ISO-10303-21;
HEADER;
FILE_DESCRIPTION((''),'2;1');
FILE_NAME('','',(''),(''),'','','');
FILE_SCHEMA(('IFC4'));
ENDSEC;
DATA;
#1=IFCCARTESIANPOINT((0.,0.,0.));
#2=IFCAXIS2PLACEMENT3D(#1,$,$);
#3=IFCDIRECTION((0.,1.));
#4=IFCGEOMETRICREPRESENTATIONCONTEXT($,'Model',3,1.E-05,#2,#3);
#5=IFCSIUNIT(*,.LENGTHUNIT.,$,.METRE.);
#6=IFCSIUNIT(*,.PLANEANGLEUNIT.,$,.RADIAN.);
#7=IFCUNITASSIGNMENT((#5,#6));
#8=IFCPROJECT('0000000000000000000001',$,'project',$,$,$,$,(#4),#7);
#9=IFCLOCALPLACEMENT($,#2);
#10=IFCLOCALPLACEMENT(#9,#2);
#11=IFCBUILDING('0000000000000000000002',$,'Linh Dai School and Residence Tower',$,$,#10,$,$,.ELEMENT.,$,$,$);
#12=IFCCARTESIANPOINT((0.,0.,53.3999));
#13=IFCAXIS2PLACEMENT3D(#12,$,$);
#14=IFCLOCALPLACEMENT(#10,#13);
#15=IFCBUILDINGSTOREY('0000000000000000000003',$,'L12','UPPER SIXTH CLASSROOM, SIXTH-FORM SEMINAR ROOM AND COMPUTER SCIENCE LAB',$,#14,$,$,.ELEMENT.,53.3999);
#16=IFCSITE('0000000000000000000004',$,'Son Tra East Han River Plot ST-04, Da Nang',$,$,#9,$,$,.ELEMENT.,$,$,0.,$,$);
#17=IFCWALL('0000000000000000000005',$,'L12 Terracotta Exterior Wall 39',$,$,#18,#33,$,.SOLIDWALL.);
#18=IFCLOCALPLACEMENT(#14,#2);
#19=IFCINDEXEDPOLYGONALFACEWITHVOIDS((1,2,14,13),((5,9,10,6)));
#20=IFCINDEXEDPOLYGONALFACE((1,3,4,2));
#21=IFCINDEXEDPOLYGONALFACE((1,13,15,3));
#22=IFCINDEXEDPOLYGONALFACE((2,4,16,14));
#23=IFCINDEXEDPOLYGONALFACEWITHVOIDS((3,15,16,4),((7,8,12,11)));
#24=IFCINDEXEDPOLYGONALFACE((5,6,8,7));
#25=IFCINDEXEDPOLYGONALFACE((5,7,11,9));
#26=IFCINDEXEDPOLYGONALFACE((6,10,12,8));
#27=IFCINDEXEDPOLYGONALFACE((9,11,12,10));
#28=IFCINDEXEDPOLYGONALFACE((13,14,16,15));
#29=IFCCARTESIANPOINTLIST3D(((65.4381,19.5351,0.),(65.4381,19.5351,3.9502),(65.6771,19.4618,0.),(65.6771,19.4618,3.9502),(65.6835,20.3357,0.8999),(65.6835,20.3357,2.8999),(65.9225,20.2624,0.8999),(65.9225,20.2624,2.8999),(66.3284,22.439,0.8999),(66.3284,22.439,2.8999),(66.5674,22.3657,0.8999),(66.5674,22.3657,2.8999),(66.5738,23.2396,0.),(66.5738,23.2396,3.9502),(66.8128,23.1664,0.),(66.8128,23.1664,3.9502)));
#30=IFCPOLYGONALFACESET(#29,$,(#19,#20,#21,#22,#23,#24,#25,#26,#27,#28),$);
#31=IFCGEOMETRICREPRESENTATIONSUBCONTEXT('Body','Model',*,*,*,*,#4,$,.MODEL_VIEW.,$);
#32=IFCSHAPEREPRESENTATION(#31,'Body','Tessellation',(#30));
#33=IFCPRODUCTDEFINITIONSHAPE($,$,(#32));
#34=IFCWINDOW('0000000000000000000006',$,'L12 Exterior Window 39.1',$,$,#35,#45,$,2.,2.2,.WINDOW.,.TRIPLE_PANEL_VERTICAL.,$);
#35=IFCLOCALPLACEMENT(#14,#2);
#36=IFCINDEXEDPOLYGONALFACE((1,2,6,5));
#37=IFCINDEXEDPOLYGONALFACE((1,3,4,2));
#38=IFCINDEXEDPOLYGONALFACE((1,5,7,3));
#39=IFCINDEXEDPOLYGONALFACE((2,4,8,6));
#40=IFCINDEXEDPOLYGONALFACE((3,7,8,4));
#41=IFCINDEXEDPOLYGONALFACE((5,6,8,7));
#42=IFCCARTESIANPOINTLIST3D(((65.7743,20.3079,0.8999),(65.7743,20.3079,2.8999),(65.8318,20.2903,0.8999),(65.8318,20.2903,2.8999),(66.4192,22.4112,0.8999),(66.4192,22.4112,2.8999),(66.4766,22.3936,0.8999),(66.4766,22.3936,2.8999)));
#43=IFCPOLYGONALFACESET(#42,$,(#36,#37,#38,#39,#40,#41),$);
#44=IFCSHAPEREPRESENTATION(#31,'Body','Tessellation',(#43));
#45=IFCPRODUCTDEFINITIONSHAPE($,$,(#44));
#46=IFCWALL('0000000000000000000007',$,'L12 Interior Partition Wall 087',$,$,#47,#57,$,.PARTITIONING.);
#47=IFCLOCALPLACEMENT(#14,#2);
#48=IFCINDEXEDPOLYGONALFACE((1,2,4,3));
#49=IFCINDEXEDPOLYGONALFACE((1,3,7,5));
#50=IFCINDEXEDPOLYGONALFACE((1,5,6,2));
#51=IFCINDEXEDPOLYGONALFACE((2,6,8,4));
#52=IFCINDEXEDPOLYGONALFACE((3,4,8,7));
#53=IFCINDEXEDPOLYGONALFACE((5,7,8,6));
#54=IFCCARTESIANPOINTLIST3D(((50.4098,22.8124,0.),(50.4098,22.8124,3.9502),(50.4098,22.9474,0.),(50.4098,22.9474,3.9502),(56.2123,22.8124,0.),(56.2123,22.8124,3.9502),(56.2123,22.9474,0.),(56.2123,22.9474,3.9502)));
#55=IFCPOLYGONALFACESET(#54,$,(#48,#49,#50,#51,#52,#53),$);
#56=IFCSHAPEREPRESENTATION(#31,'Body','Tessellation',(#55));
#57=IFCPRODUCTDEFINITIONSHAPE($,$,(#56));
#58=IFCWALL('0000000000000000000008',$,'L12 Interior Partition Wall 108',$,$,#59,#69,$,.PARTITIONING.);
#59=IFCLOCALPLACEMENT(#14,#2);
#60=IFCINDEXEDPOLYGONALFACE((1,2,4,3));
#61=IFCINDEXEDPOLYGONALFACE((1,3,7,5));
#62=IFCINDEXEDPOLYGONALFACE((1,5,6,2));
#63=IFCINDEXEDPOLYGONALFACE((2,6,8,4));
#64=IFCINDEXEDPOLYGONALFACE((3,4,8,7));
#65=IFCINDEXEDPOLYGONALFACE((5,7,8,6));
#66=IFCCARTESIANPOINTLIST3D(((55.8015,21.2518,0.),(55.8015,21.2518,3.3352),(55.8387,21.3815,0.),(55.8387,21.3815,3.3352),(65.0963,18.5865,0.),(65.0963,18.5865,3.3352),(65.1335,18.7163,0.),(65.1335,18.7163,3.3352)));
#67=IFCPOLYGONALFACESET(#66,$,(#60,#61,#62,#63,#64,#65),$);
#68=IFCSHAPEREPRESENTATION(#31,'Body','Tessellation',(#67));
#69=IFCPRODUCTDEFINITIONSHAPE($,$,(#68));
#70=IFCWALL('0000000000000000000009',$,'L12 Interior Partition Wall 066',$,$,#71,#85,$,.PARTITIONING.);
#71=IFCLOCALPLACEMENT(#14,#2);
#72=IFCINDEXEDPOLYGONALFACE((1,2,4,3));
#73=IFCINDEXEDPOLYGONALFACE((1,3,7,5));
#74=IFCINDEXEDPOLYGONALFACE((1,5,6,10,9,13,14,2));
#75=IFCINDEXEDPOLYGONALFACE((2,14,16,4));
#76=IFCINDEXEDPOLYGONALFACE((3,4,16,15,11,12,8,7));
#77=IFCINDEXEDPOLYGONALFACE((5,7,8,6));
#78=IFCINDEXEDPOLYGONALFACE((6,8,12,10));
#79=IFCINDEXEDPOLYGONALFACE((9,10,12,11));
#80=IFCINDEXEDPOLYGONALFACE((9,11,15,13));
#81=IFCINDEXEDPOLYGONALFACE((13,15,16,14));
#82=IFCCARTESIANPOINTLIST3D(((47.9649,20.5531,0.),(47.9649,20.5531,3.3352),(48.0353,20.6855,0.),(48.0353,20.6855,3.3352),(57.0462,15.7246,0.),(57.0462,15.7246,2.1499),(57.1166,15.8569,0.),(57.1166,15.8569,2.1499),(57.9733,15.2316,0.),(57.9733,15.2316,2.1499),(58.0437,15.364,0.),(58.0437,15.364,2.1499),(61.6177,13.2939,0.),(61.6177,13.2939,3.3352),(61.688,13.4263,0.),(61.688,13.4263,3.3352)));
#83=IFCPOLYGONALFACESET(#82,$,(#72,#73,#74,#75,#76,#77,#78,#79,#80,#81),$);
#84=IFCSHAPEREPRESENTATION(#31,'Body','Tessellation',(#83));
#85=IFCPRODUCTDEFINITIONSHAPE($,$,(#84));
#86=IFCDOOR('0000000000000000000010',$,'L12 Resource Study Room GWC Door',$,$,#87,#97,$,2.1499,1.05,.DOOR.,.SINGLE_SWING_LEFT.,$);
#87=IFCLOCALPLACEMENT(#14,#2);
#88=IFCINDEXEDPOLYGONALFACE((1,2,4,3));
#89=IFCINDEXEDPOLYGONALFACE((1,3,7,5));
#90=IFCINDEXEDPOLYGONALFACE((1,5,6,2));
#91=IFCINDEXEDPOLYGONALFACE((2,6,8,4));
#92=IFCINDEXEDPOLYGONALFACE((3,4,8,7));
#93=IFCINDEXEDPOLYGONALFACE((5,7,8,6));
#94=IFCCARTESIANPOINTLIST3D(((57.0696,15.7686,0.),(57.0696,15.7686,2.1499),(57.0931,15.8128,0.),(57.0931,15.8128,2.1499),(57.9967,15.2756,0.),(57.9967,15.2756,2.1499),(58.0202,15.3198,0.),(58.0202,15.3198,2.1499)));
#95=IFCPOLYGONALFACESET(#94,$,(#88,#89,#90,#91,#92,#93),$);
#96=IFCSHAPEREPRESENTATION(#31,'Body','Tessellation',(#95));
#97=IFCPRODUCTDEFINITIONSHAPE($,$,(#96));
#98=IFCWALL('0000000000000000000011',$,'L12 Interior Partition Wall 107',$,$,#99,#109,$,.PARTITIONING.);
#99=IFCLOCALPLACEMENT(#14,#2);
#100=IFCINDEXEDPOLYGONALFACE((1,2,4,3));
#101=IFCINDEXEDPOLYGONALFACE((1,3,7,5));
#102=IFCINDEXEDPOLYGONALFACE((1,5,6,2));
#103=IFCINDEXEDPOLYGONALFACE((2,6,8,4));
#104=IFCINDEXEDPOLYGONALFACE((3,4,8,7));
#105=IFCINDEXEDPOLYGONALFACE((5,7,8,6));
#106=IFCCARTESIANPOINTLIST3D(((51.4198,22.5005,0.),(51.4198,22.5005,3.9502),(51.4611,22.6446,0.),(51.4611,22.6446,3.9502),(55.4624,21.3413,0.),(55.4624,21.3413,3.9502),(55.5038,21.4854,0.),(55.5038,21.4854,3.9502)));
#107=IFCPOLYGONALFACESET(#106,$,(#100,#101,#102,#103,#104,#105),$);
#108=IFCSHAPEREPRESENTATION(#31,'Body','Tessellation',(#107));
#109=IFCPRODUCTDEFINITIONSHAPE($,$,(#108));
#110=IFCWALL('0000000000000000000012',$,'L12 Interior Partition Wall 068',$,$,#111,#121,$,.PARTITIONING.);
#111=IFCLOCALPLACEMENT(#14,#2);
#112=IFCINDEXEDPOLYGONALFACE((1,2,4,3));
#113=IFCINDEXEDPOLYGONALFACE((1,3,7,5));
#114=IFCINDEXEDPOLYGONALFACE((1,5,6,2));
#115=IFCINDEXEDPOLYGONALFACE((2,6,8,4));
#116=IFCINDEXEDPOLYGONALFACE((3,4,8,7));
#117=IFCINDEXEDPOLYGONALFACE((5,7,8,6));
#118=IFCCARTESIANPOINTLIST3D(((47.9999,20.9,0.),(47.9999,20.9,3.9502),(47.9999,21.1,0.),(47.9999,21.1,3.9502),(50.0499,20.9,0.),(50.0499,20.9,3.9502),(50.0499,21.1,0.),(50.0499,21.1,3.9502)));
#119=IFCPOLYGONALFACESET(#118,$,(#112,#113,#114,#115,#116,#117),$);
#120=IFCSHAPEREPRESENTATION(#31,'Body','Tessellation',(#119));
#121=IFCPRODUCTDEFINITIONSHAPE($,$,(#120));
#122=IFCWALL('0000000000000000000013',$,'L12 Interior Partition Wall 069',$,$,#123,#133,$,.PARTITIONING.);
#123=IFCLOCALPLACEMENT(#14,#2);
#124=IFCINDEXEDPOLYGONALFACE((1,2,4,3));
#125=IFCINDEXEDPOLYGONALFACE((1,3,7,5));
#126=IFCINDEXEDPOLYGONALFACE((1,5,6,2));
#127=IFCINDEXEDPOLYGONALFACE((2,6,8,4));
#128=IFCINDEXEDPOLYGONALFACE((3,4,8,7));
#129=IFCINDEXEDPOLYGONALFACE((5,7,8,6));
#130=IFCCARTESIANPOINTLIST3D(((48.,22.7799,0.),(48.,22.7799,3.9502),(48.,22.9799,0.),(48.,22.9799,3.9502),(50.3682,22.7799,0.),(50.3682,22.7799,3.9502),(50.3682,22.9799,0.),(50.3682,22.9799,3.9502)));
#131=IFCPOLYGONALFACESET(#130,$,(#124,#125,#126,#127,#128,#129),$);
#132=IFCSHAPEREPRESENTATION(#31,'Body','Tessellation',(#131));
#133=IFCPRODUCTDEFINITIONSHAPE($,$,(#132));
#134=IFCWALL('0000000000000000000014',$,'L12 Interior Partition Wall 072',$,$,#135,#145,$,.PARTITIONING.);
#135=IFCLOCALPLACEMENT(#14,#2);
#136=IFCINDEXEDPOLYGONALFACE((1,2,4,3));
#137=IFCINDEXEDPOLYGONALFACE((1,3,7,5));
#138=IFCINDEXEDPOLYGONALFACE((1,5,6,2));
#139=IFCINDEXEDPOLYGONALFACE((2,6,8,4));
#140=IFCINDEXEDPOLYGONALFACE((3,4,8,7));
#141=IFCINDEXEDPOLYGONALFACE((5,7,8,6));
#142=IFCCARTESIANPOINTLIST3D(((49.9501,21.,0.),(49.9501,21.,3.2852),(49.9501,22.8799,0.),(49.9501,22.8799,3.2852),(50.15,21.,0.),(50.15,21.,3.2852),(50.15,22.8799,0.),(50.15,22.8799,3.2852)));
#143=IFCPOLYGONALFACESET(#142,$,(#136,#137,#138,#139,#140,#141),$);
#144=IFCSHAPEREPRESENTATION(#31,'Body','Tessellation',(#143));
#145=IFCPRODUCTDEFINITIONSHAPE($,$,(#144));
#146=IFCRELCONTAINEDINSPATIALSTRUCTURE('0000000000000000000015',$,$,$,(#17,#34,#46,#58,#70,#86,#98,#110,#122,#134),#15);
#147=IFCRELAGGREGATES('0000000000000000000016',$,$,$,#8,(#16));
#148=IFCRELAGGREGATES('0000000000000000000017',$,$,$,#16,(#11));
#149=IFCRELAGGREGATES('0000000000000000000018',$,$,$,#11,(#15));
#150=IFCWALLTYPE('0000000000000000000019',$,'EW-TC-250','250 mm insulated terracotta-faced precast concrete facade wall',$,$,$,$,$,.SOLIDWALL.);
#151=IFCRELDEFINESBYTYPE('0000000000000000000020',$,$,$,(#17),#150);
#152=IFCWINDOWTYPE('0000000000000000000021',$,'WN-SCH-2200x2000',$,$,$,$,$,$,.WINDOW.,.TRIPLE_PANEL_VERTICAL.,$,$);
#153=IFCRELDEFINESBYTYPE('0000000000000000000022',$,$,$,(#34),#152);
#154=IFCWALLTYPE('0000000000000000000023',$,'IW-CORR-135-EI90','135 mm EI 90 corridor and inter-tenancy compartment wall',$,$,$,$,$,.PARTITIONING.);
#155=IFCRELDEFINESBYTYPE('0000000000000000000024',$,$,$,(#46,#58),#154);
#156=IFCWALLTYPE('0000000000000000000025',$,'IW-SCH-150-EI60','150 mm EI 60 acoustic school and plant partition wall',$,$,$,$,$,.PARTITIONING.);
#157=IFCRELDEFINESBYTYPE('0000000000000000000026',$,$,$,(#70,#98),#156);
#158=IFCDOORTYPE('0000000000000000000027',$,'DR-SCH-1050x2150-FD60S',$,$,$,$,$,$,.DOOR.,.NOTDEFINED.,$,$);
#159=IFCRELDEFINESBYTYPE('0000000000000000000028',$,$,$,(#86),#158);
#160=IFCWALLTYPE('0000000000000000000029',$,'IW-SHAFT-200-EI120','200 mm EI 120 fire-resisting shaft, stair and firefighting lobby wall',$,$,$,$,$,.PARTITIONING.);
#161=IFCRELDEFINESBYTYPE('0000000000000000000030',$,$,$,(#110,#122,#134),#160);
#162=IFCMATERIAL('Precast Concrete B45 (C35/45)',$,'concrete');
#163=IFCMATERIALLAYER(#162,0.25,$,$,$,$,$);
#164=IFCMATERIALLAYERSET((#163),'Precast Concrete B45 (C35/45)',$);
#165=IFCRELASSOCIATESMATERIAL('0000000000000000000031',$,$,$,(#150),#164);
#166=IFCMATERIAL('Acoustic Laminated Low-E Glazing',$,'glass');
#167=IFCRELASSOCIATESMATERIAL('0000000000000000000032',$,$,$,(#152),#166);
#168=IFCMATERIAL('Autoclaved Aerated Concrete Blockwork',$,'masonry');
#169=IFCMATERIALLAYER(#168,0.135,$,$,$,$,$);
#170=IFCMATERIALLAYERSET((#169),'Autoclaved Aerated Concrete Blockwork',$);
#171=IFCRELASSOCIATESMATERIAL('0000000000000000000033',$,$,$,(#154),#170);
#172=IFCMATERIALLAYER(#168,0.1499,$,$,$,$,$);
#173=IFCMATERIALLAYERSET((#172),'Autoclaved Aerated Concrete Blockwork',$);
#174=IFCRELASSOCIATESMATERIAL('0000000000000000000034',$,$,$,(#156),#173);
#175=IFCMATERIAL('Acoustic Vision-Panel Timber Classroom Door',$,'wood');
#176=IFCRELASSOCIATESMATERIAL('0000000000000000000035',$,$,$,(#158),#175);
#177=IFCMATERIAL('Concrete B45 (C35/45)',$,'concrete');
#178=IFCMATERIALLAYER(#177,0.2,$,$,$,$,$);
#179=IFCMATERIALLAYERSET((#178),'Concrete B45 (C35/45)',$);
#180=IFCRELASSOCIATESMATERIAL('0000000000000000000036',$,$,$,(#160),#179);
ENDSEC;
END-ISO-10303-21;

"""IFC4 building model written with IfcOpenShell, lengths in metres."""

from ifc_helpers import new_model, si_unit, direction, frame, frame_2d, origin, origin_2d, place, context, subcontext, project, spatial, rectangle, extrude, source, transform, mapped, material, layer, layer_set, type_object, element, fill, save


model = new_model("IFC4")

# Units and contexts
model_context = context("Model", 3, precision=1e-05, world=origin(), true_north=direction((0.0, 1.0)))
body_context = subcontext(model_context, "Body", "Model", "MODEL_VIEW")
ifc_project = project(units=[si_unit("LENGTHUNIT", "METRE"), si_unit("PLANEANGLEUNIT", "RADIAN")], contexts=[model_context])

# Site, building, storey
site_placement = place(None, origin())
site = spatial("IfcSite", under=ifc_project, at=site_placement, Name="Son Tra East Han River Plot ST-04, Da Nang", CompositionType="ELEMENT", RefElevation=0.0)
building_placement = place(site_placement, origin())
building = spatial("IfcBuilding", under=site, at=building_placement, Name="Linh Dai School and Residence Tower", CompositionType="ELEMENT")
storey_placement = place(building_placement, frame((0.0, 0.0, 53.3999)))
storey = spatial("IfcBuildingStorey", under=building, at=storey_placement, Name="L12", Description="UPPER SIXTH CLASSROOM, SIXTH-FORM SEMINAR ROOM AND COMPUTER SCIENCE LAB", CompositionType="ELEMENT", Elevation=53.3999)

# Shared definitions
ifc_material_1 = material(Name="Precast Concrete B45 (C35/45)", Category="concrete")

# Shared definitions
ifc_layer_1 = layer(ifc_material_1, 0.25)
ifc_layer_set_1 = layer_set([ifc_layer_1], Name="Precast Concrete B45 (C35/45)")
wall_type_1 = type_object("IfcWallType", Name="EW-TC-250", Description="250 mm insulated terracotta-faced precast concrete facade wall", PredefinedType="SOLIDWALL", material=ifc_layer_set_1)

# Wall, opening, window
wall_1_placement = place(storey_placement, frame((66.6934, 23.2031, 0.0), z_axis=(0.0, 0.0, 1.0), x_axis=(-0.293112, -0.956078, 0.0)))
wall_1 = element("IfcWall", 1, at=wall_1_placement, inside=storey, type_object=wall_type_1, Name="L12 Terracotta Exterior Wall 39", PredefinedType="SOLIDWALL", context=body_context, shape_type="SweptSolid", body=[
    extrude(rectangle(XDim=3.8748, YDim=0.25, at=frame_2d((1.9375, 0.0))), origin(), (0.0, 0.0, 1.0), 3.9502),
])
opening_1_placement = place(wall_1_placement, frame((0.8374, 0.0, 0.8999)))
opening_1 = element("IfcOpeningElement", 2, at=opening_1_placement, cuts=wall_1, PredefinedType="OPENING", context=body_context, shape_type="SweptSolid", body=[
    extrude(rectangle(XDim=2.2, YDim=2.0, at=origin_2d()), frame((1.1001, 0.135, 1.0), z_axis=(0.0, -1.0, 0.0), x_axis=(1.0, 0.0, 0.0)), (0.0, 0.0, 1.0), 0.27),
])
ifc_material_2 = material(Name="Acoustic Laminated Low-E Glazing", Category="glass")
window_type = type_object("IfcWindowType", Name="WN-SCH-2200x2000", PartitioningType="TRIPLE_PANEL_VERTICAL", PredefinedType="WINDOW", material=ifc_material_2)
shared_shape_1 = source(origin(), body_context, "Body", "SweptSolid", [
    extrude(rectangle(XDim=2.2, YDim=2.0, at=origin_2d()), frame((1.1001, 0.03, 1.0), z_axis=(0.0, -1.0, 0.0), x_axis=(1.0, 0.0, 0.0)), (0.0, 0.0, 1.0), 0.0601),
])
window_placement = place(opening_1_placement, origin())
window = element("IfcWindow", 3, at=window_placement, inside=storey, type_object=window_type, Name="L12 Exterior Window 39.1", OverallHeight=2.0, OverallWidth=2.2, PartitioningType="TRIPLE_PANEL_VERTICAL", PredefinedType="WINDOW", context=body_context, shape_type="MappedRepresentation", body=[
    mapped(shared_shape_1, transform((0.0, 0.0, 0.0), x_axis=(1.0, 0.0, 0.0), y_axis=(0.0, 1.0, 0.0), z_axis=(0.0, 0.0, 1.0), scale=1.0)),
])
fill(opening_1, window)

# Walls
ifc_material_3 = material(Name="Autoclaved Aerated Concrete Blockwork", Category="masonry")
ifc_layer_2 = layer(ifc_material_3, 0.135)
ifc_layer_set_2 = layer_set([ifc_layer_2], Name="Autoclaved Aerated Concrete Blockwork")
wall_type_2 = type_object("IfcWallType", Name="IW-CORR-135-EI90", Description="135 mm EI 90 corridor and inter-tenancy compartment wall", PredefinedType="PARTITIONING", material=ifc_layer_set_2)
wall_2_placement = place(storey_placement, frame((56.2124, 22.8799, 0.0), z_axis=(0.0, 0.0, 1.0), x_axis=(-1.0, 0.0, 0.0)))
element("IfcWall", 4, at=wall_2_placement, inside=storey, type_object=wall_type_2, Name="L12 Interior Partition Wall 087", PredefinedType="PARTITIONING", context=body_context, shape_type="SweptSolid", body=[
    extrude(rectangle(XDim=5.8025, YDim=0.135, at=frame_2d((2.9014, 0.0))), origin(), (0.0, 0.0, 1.0), 3.9502),
])
wall_3_placement = place(storey_placement, frame((55.8201, 21.3167, 0.0), z_axis=(0.0, 0.0, 1.0), x_axis=(0.961261, -0.275638, 0.0)))
element("IfcWall", 5, at=wall_3_placement, inside=storey, type_object=wall_type_2, Name="L12 Interior Partition Wall 108", PredefinedType="PARTITIONING", context=body_context, shape_type="SweptSolid", body=[
    extrude(rectangle(XDim=9.6694, YDim=0.135, at=frame_2d((4.8347, 0.0))), origin(), (0.0, 0.0, 1.0), 3.3352),
])

# Wall, opening, door
ifc_layer_3 = layer(ifc_material_3, 0.1499)
ifc_layer_set_3 = layer_set([ifc_layer_3], Name="Autoclaved Aerated Concrete Blockwork")
wall_type_3 = type_object("IfcWallType", Name="IW-SCH-150-EI60", Description="150 mm EI 60 acoustic school and plant partition wall", PredefinedType="PARTITIONING", material=ifc_layer_set_3)
wall_4_placement = place(storey_placement, frame((48.0, 20.6194, 0.0), z_axis=(0.0, 0.0, 1.0), x_axis=(0.882949, -0.469468, 0.0)))
wall_4 = element("IfcWall", 6, at=wall_4_placement, inside=storey, type_object=wall_type_3, Name="L12 Interior Partition Wall 066", PredefinedType="PARTITIONING", context=body_context, shape_type="SweptSolid", body=[
    extrude(rectangle(XDim=15.4626, YDim=0.1499, at=frame_2d((7.7314, 0.0))), origin(), (0.0, 0.0, 1.0), 3.3352),
])
opening_2_placement = place(wall_4_placement, frame((10.2854, 0.0, 0.0)))
opening_2 = element("IfcOpeningElement", 7, at=opening_2_placement, cuts=wall_4, PredefinedType="OPENING", context=body_context, shape_type="SweptSolid", body=[
    extrude(rectangle(XDim=1.05, YDim=2.1499, at=origin_2d()), frame((0.5249, 0.085, 1.075), z_axis=(0.0, -1.0, 0.0), x_axis=(1.0, 0.0, 0.0)), (0.0, 0.0, 1.0), 0.1699),
])
ifc_material_4 = material(Name="Acoustic Vision-Panel Timber Classroom Door", Category="wood")
door_type_1 = type_object("IfcDoorType", Name="DR-SCH-1050x2150-FD60S", OperationType="NOTDEFINED", PredefinedType="DOOR", material=ifc_material_4)
shared_shape_2 = source(origin(), body_context, "Body", "SweptSolid", [
    extrude(rectangle(XDim=1.05, YDim=2.1499, at=origin_2d()), frame((0.5249, 0.0249, 1.075), z_axis=(0.0, -1.0, 0.0), x_axis=(1.0, 0.0, 0.0)), (0.0, 0.0, 1.0), 0.05),
])
door_1_placement = place(opening_2_placement, origin())
door_1 = element("IfcDoor", 8, at=door_1_placement, inside=storey, type_object=door_type_1, Name="L12 Resource Study Room GWC Door", OperationType="SINGLE_SWING_LEFT", OverallHeight=2.1499, OverallWidth=1.05, PredefinedType="DOOR", context=body_context, shape_type="MappedRepresentation", body=[
    mapped(shared_shape_2, transform((0.0, 0.0, 0.0), x_axis=(1.0, 0.0, 0.0), y_axis=(0.0, 1.0, 0.0), z_axis=(0.0, 0.0, 1.0), scale=1.0)),
])
fill(opening_2, door_1)

# Wall
wall_5_placement = place(storey_placement, frame((51.4404, 22.5725, 0.0), z_axis=(0.0, 0.0, 1.0), x_axis=(0.961265, -0.275626, 0.0)))
element("IfcWall", 9, at=wall_5_placement, inside=storey, type_object=wall_type_3, Name="L12 Interior Partition Wall 107", PredefinedType="PARTITIONING", context=body_context, shape_type="SweptSolid", body=[
    extrude(rectangle(XDim=4.2056, YDim=0.1499, at=frame_2d((2.1028, 0.0))), origin(), (0.0, 0.0, 1.0), 3.9502),
])

# Shared definitions
ifc_material_5 = material(Name="Concrete B45 (C35/45)", Category="concrete")
ifc_layer_4 = layer(ifc_material_5, 0.2)
ifc_layer_set_4 = layer_set([ifc_layer_4], Name="Concrete B45 (C35/45)")
wall_type_4 = type_object("IfcWallType", Name="IW-SHAFT-200-EI120", Description="200 mm EI 120 fire-resisting shaft, stair and firefighting lobby wall", PredefinedType="PARTITIONING", material=ifc_layer_set_4)

# Walls
wall_6_placement = place(storey_placement, frame((48.0, 21.0, 0.0), z_axis=(0.0, 0.0, 1.0), x_axis=(1.0, 0.0, 0.0)))
element("IfcWall", 10, at=wall_6_placement, inside=storey, type_object=wall_type_4, Name="L12 Interior Partition Wall 068", PredefinedType="PARTITIONING", context=body_context, shape_type="SweptSolid", body=[
    extrude(rectangle(XDim=2.05, YDim=0.2, at=frame_2d((1.0249, 0.0))), origin(), (0.0, 0.0, 1.0), 3.9502),
])
wall_7_placement = place(storey_placement, frame((48.0, 22.8799, 0.0), z_axis=(0.0, 0.0, 1.0), x_axis=(1.0, 0.0, 0.0)))
element("IfcWall", 11, at=wall_7_placement, inside=storey, type_object=wall_type_4, Name="L12 Interior Partition Wall 069", PredefinedType="PARTITIONING", context=body_context, shape_type="SweptSolid", body=[
    extrude(rectangle(XDim=2.3682, YDim=0.2, at=frame_2d((1.1841, 0.0))), origin(), (0.0, 0.0, 1.0), 3.9502),
])
wall_8_placement = place(storey_placement, frame((50.05, 21.0, 0.0), z_axis=(0.0, 0.0, 1.0), x_axis=(0.0, 1.0, 0.0)))
element("IfcWall", 12, at=wall_8_placement, inside=storey, type_object=wall_type_4, Name="L12 Interior Partition Wall 072", PredefinedType="PARTITIONING", context=body_context, shape_type="SweptSolid", body=[
    extrude(rectangle(XDim=1.8799, YDim=0.2, at=frame_2d((0.9399, 0.0))), origin(), (0.0, 0.0, 1.0), 3.2852),
])

save(model, "model.ifc")
